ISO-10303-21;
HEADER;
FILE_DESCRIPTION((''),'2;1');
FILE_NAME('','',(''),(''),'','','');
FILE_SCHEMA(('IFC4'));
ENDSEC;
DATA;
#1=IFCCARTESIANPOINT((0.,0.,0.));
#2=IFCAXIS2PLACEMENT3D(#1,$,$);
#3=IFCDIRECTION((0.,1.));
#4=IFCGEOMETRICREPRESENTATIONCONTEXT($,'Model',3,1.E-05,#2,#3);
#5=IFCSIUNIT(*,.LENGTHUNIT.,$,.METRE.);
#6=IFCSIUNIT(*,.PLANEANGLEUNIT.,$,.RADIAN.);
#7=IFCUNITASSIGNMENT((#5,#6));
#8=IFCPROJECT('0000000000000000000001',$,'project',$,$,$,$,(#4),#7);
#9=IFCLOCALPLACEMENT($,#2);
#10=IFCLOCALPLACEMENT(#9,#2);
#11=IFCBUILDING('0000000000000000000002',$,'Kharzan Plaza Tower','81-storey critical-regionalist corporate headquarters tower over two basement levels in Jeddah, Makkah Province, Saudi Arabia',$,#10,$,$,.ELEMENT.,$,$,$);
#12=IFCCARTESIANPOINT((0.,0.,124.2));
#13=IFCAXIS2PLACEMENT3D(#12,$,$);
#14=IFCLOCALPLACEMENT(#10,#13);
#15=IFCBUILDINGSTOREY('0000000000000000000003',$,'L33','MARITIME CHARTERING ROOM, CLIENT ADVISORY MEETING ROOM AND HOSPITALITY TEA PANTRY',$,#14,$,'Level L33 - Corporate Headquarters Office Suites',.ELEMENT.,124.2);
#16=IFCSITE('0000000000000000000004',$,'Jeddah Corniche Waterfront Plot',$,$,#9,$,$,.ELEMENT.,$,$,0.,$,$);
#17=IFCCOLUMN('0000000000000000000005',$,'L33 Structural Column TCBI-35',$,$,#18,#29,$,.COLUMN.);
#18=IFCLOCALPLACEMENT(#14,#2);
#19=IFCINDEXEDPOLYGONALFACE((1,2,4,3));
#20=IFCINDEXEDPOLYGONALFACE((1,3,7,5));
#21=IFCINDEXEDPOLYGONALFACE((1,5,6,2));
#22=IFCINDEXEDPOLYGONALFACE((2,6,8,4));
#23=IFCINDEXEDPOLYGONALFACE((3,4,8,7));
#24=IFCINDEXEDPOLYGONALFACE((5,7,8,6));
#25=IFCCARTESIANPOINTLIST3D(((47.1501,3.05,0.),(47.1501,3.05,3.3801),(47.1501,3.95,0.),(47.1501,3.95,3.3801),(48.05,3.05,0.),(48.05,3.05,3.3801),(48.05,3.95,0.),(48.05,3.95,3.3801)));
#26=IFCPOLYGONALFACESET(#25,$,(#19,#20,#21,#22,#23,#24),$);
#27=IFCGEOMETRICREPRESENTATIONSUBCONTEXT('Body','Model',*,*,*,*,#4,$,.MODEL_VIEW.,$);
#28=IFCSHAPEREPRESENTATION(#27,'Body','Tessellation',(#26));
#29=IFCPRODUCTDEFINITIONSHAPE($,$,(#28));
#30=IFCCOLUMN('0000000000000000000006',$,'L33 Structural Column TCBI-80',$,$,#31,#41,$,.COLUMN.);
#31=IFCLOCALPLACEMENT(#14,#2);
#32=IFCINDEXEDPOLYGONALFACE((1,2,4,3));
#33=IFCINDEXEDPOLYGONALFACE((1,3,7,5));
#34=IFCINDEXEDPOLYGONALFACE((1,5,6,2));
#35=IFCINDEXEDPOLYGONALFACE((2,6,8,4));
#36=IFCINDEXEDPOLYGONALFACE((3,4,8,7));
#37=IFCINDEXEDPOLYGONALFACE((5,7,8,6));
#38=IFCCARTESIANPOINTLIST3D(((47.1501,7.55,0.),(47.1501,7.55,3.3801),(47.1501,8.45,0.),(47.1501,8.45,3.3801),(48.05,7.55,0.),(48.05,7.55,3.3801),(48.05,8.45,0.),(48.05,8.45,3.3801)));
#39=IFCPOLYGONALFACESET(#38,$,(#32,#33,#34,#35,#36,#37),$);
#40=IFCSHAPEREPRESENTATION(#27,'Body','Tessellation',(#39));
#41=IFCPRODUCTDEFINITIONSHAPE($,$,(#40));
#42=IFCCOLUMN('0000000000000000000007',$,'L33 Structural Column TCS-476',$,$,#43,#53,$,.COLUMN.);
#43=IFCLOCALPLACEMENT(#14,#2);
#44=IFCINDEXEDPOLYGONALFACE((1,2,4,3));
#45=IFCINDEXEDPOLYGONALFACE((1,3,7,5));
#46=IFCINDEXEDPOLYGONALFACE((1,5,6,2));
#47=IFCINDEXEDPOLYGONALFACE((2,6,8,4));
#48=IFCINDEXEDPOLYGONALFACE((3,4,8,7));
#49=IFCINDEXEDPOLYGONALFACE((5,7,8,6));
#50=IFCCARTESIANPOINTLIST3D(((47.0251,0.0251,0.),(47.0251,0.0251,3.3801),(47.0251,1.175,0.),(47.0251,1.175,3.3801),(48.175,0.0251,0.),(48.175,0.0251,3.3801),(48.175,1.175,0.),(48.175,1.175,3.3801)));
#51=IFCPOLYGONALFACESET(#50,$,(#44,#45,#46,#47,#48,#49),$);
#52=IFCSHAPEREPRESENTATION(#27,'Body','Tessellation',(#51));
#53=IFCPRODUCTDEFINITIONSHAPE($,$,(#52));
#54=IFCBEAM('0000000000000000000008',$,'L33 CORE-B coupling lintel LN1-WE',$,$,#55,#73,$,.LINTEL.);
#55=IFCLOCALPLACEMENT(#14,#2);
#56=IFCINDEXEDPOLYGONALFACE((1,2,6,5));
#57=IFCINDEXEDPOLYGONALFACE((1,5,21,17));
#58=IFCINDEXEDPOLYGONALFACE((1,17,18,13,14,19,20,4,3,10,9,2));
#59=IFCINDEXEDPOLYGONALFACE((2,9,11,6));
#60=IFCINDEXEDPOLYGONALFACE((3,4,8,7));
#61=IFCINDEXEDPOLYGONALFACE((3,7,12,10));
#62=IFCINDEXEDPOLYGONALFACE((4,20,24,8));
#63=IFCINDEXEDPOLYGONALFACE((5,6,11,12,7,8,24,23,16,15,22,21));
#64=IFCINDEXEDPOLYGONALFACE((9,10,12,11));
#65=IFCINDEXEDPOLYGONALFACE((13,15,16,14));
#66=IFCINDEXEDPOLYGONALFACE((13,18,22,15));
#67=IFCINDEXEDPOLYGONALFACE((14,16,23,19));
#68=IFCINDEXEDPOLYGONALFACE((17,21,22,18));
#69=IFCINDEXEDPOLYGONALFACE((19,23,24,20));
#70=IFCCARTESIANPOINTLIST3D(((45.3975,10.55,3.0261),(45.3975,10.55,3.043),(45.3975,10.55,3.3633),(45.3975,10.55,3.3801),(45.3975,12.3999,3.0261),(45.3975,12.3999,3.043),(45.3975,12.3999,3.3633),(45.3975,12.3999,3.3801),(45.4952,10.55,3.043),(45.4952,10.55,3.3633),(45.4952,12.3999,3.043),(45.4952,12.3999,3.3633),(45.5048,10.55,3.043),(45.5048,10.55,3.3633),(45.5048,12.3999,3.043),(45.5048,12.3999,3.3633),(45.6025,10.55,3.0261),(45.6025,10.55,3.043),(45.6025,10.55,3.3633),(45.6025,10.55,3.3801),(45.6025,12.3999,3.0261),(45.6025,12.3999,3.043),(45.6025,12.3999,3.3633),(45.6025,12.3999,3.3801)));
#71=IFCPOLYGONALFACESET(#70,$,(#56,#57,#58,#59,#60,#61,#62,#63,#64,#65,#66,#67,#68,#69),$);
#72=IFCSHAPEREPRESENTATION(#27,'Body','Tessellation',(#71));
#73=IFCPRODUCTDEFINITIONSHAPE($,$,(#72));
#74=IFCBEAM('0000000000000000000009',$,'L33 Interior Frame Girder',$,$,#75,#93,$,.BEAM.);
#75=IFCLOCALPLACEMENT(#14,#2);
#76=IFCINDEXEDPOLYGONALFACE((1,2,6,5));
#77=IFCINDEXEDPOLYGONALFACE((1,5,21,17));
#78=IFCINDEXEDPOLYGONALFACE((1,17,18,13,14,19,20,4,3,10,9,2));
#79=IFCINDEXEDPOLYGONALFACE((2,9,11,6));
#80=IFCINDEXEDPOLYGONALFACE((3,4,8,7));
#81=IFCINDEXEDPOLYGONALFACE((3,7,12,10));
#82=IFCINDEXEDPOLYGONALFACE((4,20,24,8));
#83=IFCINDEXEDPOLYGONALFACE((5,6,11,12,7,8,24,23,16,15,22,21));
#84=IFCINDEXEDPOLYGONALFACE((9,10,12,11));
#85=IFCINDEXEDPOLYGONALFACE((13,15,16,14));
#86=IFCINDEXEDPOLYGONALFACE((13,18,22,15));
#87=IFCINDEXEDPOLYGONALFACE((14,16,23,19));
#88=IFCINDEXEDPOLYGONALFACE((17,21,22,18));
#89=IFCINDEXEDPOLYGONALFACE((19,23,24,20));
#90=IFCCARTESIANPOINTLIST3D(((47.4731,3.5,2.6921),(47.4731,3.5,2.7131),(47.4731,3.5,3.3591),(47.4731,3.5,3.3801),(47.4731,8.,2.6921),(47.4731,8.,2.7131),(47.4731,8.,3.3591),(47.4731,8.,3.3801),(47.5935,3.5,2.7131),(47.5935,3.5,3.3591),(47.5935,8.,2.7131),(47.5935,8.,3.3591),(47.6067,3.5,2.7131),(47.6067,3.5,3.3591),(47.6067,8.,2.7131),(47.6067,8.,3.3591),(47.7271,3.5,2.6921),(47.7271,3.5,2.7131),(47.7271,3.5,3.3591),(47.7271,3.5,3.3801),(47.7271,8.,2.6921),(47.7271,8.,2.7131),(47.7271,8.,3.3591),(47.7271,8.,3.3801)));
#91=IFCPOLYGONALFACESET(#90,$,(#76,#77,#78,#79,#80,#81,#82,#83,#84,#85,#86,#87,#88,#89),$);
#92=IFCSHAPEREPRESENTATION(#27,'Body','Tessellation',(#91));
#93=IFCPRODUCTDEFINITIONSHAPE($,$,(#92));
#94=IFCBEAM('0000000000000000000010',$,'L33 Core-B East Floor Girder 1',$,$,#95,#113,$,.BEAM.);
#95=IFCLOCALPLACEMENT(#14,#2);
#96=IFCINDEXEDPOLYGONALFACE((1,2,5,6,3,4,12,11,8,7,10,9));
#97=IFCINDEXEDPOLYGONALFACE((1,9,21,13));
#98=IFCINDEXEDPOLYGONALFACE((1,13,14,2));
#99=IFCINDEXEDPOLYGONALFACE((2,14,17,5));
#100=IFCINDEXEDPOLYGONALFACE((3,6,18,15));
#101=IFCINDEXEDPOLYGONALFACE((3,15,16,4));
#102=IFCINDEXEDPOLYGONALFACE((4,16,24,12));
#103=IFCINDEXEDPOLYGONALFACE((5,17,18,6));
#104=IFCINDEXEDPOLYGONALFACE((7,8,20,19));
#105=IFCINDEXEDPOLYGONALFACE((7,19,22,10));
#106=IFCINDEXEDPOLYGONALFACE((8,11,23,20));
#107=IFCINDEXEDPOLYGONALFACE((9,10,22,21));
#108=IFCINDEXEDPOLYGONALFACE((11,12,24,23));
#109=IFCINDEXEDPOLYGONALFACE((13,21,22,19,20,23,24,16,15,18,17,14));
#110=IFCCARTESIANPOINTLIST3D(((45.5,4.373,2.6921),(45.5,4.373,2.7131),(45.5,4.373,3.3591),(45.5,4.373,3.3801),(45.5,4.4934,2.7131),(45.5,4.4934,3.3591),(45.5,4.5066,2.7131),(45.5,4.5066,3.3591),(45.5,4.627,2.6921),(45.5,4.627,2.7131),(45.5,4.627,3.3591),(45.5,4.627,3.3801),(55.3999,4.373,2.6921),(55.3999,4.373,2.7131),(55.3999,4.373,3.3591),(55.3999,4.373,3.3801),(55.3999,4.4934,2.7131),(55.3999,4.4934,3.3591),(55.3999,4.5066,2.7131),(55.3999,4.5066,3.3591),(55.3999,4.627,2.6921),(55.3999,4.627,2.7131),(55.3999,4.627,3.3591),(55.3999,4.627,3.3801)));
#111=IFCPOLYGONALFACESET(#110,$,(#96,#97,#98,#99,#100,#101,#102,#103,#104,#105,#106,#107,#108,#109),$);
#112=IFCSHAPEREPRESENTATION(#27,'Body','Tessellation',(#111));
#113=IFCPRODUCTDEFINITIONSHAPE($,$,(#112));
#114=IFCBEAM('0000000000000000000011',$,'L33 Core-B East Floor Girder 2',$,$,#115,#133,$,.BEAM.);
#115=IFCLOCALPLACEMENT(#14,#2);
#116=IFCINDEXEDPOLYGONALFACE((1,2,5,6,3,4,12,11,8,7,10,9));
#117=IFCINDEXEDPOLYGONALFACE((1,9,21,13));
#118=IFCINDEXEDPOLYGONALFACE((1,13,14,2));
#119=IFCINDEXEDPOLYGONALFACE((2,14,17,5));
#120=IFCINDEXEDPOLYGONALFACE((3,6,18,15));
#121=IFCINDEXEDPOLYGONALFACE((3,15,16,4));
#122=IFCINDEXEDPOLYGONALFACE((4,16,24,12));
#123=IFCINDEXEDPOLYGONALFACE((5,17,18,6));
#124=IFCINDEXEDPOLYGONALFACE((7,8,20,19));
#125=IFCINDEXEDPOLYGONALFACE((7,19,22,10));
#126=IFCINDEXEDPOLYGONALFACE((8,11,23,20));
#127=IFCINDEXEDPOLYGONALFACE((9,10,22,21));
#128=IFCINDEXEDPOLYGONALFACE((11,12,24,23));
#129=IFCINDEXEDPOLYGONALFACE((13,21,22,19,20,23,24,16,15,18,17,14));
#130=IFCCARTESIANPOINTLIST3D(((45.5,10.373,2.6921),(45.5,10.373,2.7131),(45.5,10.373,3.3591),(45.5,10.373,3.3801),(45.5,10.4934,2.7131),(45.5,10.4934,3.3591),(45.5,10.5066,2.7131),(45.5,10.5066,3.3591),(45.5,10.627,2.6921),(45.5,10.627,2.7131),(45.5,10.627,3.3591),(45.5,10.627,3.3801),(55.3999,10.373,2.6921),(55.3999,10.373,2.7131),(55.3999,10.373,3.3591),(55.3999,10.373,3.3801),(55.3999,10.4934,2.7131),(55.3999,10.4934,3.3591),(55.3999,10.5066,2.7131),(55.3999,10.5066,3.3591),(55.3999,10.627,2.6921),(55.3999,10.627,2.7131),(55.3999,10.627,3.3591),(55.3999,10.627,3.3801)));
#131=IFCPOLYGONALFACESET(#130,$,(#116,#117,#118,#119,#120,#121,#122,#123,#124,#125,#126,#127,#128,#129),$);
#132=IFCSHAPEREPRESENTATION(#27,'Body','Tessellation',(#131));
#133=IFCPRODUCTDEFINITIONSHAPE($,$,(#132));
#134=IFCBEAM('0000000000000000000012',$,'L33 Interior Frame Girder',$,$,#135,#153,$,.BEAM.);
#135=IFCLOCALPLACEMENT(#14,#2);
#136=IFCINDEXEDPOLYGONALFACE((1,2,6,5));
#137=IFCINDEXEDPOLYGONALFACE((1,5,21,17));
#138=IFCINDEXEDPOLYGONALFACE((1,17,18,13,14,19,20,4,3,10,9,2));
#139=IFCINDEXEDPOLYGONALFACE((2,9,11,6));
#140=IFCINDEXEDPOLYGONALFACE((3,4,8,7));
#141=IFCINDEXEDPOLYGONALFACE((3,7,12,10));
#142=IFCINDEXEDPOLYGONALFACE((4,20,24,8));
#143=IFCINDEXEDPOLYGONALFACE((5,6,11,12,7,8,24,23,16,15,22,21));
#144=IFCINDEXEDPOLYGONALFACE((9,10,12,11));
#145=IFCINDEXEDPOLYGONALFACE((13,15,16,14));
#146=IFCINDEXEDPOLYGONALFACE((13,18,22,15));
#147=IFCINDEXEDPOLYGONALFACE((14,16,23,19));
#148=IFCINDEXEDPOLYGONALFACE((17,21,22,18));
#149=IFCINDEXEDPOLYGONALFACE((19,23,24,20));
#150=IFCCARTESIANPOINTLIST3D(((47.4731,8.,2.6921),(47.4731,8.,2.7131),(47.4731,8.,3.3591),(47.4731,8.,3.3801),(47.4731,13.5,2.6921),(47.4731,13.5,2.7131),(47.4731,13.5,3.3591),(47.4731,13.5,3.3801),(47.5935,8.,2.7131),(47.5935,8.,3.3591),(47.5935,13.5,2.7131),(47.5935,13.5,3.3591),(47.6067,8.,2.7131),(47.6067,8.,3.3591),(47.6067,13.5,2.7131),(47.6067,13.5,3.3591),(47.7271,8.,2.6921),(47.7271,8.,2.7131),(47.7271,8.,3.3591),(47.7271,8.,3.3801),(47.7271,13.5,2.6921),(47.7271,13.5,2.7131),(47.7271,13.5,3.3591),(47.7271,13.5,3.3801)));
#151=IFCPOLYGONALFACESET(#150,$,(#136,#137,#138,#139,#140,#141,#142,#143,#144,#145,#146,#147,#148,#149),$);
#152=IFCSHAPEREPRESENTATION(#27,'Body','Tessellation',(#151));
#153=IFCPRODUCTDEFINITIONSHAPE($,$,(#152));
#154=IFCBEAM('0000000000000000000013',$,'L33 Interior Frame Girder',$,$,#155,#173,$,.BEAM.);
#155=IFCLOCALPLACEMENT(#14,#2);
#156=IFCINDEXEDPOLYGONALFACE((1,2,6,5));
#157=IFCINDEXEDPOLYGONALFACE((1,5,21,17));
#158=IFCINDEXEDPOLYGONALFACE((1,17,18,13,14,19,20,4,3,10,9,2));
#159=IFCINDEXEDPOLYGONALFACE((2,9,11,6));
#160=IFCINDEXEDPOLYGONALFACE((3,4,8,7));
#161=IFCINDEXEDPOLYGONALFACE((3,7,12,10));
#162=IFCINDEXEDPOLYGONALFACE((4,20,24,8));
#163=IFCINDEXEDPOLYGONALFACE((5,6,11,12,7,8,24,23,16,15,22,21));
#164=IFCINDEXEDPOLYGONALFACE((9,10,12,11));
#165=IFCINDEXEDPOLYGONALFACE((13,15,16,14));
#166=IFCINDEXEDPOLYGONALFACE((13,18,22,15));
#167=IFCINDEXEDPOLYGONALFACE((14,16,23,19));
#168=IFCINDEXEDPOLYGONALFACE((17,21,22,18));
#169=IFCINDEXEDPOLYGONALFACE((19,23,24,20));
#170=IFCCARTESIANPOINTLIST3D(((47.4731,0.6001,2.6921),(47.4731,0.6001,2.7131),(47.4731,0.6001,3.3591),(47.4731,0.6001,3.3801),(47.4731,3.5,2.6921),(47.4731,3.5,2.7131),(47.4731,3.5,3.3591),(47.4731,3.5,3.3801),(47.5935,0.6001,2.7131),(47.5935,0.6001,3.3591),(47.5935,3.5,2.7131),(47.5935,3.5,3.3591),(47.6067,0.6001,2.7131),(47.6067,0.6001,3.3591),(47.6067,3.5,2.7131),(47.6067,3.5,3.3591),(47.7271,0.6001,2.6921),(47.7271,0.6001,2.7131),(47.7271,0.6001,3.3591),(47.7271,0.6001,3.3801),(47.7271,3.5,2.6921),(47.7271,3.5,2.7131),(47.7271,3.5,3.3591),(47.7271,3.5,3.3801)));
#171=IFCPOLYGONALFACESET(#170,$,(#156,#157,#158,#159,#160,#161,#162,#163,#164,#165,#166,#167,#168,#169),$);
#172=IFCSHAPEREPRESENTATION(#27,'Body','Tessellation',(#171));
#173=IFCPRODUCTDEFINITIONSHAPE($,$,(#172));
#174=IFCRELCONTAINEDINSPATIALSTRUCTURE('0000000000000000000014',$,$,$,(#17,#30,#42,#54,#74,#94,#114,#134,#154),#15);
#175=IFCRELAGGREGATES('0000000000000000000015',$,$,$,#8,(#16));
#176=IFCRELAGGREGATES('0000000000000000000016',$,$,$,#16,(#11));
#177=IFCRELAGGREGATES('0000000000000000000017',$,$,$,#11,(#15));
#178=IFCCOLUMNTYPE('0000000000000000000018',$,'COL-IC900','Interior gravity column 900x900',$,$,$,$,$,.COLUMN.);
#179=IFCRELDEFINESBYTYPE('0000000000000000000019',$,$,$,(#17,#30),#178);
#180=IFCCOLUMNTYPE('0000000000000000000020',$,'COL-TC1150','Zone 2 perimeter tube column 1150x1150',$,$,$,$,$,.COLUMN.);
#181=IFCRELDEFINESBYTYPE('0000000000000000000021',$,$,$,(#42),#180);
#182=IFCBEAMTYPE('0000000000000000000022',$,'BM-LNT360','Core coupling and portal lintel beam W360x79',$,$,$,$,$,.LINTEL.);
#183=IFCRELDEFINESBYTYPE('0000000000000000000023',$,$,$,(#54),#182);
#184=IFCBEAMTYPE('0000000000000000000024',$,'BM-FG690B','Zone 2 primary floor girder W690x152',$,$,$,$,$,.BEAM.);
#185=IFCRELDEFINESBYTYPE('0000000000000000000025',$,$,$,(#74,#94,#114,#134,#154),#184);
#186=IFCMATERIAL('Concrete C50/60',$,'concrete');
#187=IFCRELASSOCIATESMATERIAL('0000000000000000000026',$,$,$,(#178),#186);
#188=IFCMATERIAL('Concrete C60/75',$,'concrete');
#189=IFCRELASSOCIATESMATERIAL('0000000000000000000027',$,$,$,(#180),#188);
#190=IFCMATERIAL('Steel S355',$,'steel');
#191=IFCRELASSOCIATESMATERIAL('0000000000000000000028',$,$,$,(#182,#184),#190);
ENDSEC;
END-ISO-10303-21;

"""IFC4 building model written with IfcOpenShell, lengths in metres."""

from ifc_helpers import new_model, si_unit, direction, frame, origin, origin_2d, place, context, subcontext, project, spatial, rectangle, i_section, extrude, source, transform, mapped, material, material_profile, profile_set, type_object, element, save


model = new_model("IFC4")

# Units and contexts
model_context = context("Model", 3, precision=1e-05, world=origin(), true_north=direction((0.0, 1.0)))
body_context = subcontext(model_context, "Body", "Model", "MODEL_VIEW")
ifc_project = project(units=[si_unit("LENGTHUNIT", "METRE"), si_unit("PLANEANGLEUNIT", "RADIAN")], contexts=[model_context])

# Site, building, storey
site_placement = place(None, origin())
site = spatial("IfcSite", under=ifc_project, at=site_placement, Name="Jeddah Corniche Waterfront Plot", CompositionType="ELEMENT", RefElevation=0.0)
building_placement = place(site_placement, origin())
building = spatial("IfcBuilding", under=site, at=building_placement, Name="Kharzan Plaza Tower", Description="81-storey critical-regionalist corporate headquarters tower over two basement levels in Jeddah, Makkah Province, Saudi Arabia", CompositionType="ELEMENT")
storey_placement = place(building_placement, frame((0.0, 0.0, 124.2)))
storey = spatial("IfcBuildingStorey", under=building, at=storey_placement, Name="L33", Description="MARITIME CHARTERING ROOM, CLIENT ADVISORY MEETING ROOM AND HOSPITALITY TEA PANTRY", LongName="Level L33 - Corporate Headquarters Office Suites", CompositionType="ELEMENT", Elevation=124.2)

# Columns
ifc_material_1 = material(Name="Concrete C50/60", Category="concrete")
ifc_material_profile_1 = material_profile(ifc_material_1, rectangle(XDim=0.8999, YDim=0.8999, at=origin_2d()), Name="RC-IC900x900")
ifc_profile_set_1 = profile_set([ifc_material_profile_1], Name="Concrete C50/60")
column_type_1 = type_object("IfcColumnType", Name="COL-IC900", Description="Interior gravity column 900x900", PredefinedType="COLUMN", material=ifc_profile_set_1)
shared_shape_1 = source(origin(), body_context, "Body", "SweptSolid", [
    extrude(rectangle(XDim=0.8999, YDim=0.8999, at=origin_2d()), origin(), (0.0, 0.0, 1.0), 3.3801),
])
for number, where, z_axis, x_axis, name in (
    (1, (47.6001, 3.5, 0.0), (0.0, 0.0, 1.0), (1.0, 0.0, 0.0), "L33 Structural Column TCBI-35"),
    (2, (47.6001, 8.0, 0.0), (0.0, 0.0, 1.0), (1.0, 0.0, 0.0), "L33 Structural Column TCBI-80"),
):
    element("IfcColumn", number, at=place(storey_placement, frame(where, z_axis=z_axis, x_axis=x_axis)), inside=storey, type_object=column_type_1, Name=name, PredefinedType="COLUMN", context=body_context, shape_type="MappedRepresentation", body=[
        mapped(shared_shape_1, transform((0.0, 0.0, 0.0), x_axis=(1.0, 0.0, 0.0), y_axis=(0.0, 1.0, 0.0), z_axis=(0.0, 0.0, 1.0))),
    ])
ifc_material_2 = material(Name="Concrete C60/75", Category="concrete")
ifc_material_profile_2 = material_profile(ifc_material_2, rectangle(XDim=1.1499, YDim=1.1499, at=origin_2d()), Name="RC-TC1150x1150")
ifc_profile_set_2 = profile_set([ifc_material_profile_2], Name="Concrete C60/75")
column_type_2 = type_object("IfcColumnType", Name="COL-TC1150", Description="Zone 2 perimeter tube column 1150x1150", PredefinedType="COLUMN", material=ifc_profile_set_2)
shared_shape_2 = source(origin(), body_context, "Body", "SweptSolid", [
    extrude(rectangle(XDim=1.1499, YDim=1.1499, at=origin_2d()), origin(), (0.0, 0.0, 1.0), 3.3801),
])
column_placement = place(storey_placement, frame((47.6001, 0.6001, 0.0), z_axis=(0.0, 0.0, 1.0), x_axis=(1.0, 0.0, 0.0)))
element("IfcColumn", 3, at=column_placement, inside=storey, type_object=column_type_2, Name="L33 Structural Column TCS-476", PredefinedType="COLUMN", context=body_context, shape_type="MappedRepresentation", body=[
    mapped(shared_shape_2, transform((0.0, 0.0, 0.0), x_axis=(1.0, 0.0, 0.0), y_axis=(0.0, 1.0, 0.0), z_axis=(0.0, 0.0, 1.0))),
])

# Beams
ifc_material_3 = material(Name="Steel S355", Category="steel")
ifc_material_profile_3 = material_profile(ifc_material_3, i_section(OverallWidth=0.2051, OverallDepth=0.354, WebThickness=0.0095, FlangeThickness=0.0168, at=origin_2d()), Name="W360x79")
ifc_profile_set_3 = profile_set([ifc_material_profile_3], Name="Steel S355")
beam_type_1 = type_object("IfcBeamType", Name="BM-LNT360", Description="Core coupling and portal lintel beam W360x79", PredefinedType="LINTEL", material=ifc_profile_set_3)
shared_shape_3 = source(origin(), body_context, "Body", "SweptSolid", [
    extrude(i_section(OverallWidth=0.2051, OverallDepth=0.354, WebThickness=0.0095, FlangeThickness=0.0168, at=origin_2d()), origin(), (0.0, 0.0, 1.0), 1.8499),
])
beam_1_placement = place(storey_placement, frame((45.5, 10.55, 3.2031), z_axis=(0.0, 1.0, 0.0), x_axis=(-1.0, 0.0, 0.0)))
element("IfcBeam", 4, at=beam_1_placement, inside=storey, type_object=beam_type_1, Name="L33 CORE-B coupling lintel LN1-WE", PredefinedType="LINTEL", context=body_context, shape_type="MappedRepresentation", body=[
    mapped(shared_shape_3, transform((0.0, 0.0, 0.0), x_axis=(1.0, 0.0, 0.0), y_axis=(0.0, 1.0, 0.0), z_axis=(0.0, 0.0, 1.0))),
])
ifc_material_profile_4 = material_profile(ifc_material_3, i_section(OverallWidth=0.2539, OverallDepth=0.688, WebThickness=0.0132, FlangeThickness=0.021, at=origin_2d()), Name="W690x152")
ifc_profile_set_4 = profile_set([ifc_material_profile_4], Name="Steel S355")
beam_type_2 = type_object("IfcBeamType", Name="BM-FG690B", Description="Zone 2 primary floor girder W690x152", PredefinedType="BEAM", material=ifc_profile_set_4)
shared_shape_4 = source(origin(), body_context, "Body", "SweptSolid", [
    extrude(i_section(OverallWidth=0.2539, OverallDepth=0.688, WebThickness=0.0132, FlangeThickness=0.021, at=origin_2d()), origin(), (0.0, 0.0, 1.0), 4.5),
])
beam_2_placement = place(storey_placement, frame((47.6001, 3.5, 3.0361), z_axis=(0.0, 1.0, 0.0), x_axis=(-1.0, 0.0, 0.0)))
element("IfcBeam", 5, at=beam_2_placement, inside=storey, type_object=beam_type_2, Name="L33 Interior Frame Girder", PredefinedType="BEAM", context=body_context, shape_type="MappedRepresentation", body=[
    mapped(shared_shape_4, transform((0.0, 0.0, 0.0), x_axis=(1.0, 0.0, 0.0), y_axis=(0.0, 1.0, 0.0), z_axis=(0.0, 0.0, 1.0))),
])
shared_shape_5 = source(origin(), body_context, "Body", "SweptSolid", [
    extrude(i_section(OverallWidth=0.2539, OverallDepth=0.688, WebThickness=0.0132, FlangeThickness=0.021, at=origin_2d()), origin(), (0.0, 0.0, 1.0), 9.8999),
])
for number, where, z_axis, x_axis, name in (
    (6, (45.5, 4.5, 3.0361), (1.0, 0.0, 0.0), (0.0, 1.0, 0.0), "L33 Core-B East Floor Girder 1"),
    (7, (45.5, 10.5, 3.0361), (1.0, 0.0, 0.0), (0.0, 1.0, 0.0), "L33 Core-B East Floor Girder 2"),
):
    element("IfcBeam", number, at=place(storey_placement, frame(where, z_axis=z_axis, x_axis=x_axis)), inside=storey, type_object=beam_type_2, Name=name, PredefinedType="BEAM", context=body_context, shape_type="MappedRepresentation", body=[
        mapped(shared_shape_5, transform((0.0, 0.0, 0.0), x_axis=(1.0, 0.0, 0.0), y_axis=(0.0, 1.0, 0.0), z_axis=(0.0, 0.0, 1.0))),
    ])
shared_shape_6 = source(origin(), body_context, "Body", "SweptSolid", [
    extrude(i_section(OverallWidth=0.2539, OverallDepth=0.688, WebThickness=0.0132, FlangeThickness=0.021, at=origin_2d()), origin(), (0.0, 0.0, 1.0), 5.5),
])
beam_3_placement = place(storey_placement, frame((47.6001, 8.0, 3.0361), z_axis=(0.0, 1.0, 0.0), x_axis=(-1.0, 0.0, 0.0)))
element("IfcBeam", 8, at=beam_3_placement, inside=storey, type_object=beam_type_2, Name="L33 Interior Frame Girder", PredefinedType="BEAM", context=body_context, shape_type="MappedRepresentation", body=[
    mapped(shared_shape_6, transform((0.0, 0.0, 0.0), x_axis=(1.0, 0.0, 0.0), y_axis=(0.0, 1.0, 0.0), z_axis=(0.0, 0.0, 1.0))),
])
shared_shape_7 = source(origin(), body_context, "Body", "SweptSolid", [
    extrude(i_section(OverallWidth=0.2539, OverallDepth=0.688, WebThickness=0.0132, FlangeThickness=0.021, at=origin_2d()), origin(), (0.0, 0.0, 1.0), 2.8999),
])
for number, where, z_axis, x_axis, name in (
    (9, (47.6001, 0.6001, 3.0361), (0.0, 1.0, 0.0), (-1.0, 0.0, 0.0), "L33 Interior Frame Girder"),
):
    element("IfcBeam", number, at=place(storey_placement, frame(where, z_axis=z_axis, x_axis=x_axis)), inside=storey, type_object=beam_type_2, Name=name, PredefinedType="BEAM", context=body_context, shape_type="MappedRepresentation", body=[
        mapped(shared_shape_7, transform((0.0, 0.0, 0.0), x_axis=(1.0, 0.0, 0.0), y_axis=(0.0, 1.0, 0.0), z_axis=(0.0, 0.0, 1.0))),
    ])

save(model, "model.ifc")
